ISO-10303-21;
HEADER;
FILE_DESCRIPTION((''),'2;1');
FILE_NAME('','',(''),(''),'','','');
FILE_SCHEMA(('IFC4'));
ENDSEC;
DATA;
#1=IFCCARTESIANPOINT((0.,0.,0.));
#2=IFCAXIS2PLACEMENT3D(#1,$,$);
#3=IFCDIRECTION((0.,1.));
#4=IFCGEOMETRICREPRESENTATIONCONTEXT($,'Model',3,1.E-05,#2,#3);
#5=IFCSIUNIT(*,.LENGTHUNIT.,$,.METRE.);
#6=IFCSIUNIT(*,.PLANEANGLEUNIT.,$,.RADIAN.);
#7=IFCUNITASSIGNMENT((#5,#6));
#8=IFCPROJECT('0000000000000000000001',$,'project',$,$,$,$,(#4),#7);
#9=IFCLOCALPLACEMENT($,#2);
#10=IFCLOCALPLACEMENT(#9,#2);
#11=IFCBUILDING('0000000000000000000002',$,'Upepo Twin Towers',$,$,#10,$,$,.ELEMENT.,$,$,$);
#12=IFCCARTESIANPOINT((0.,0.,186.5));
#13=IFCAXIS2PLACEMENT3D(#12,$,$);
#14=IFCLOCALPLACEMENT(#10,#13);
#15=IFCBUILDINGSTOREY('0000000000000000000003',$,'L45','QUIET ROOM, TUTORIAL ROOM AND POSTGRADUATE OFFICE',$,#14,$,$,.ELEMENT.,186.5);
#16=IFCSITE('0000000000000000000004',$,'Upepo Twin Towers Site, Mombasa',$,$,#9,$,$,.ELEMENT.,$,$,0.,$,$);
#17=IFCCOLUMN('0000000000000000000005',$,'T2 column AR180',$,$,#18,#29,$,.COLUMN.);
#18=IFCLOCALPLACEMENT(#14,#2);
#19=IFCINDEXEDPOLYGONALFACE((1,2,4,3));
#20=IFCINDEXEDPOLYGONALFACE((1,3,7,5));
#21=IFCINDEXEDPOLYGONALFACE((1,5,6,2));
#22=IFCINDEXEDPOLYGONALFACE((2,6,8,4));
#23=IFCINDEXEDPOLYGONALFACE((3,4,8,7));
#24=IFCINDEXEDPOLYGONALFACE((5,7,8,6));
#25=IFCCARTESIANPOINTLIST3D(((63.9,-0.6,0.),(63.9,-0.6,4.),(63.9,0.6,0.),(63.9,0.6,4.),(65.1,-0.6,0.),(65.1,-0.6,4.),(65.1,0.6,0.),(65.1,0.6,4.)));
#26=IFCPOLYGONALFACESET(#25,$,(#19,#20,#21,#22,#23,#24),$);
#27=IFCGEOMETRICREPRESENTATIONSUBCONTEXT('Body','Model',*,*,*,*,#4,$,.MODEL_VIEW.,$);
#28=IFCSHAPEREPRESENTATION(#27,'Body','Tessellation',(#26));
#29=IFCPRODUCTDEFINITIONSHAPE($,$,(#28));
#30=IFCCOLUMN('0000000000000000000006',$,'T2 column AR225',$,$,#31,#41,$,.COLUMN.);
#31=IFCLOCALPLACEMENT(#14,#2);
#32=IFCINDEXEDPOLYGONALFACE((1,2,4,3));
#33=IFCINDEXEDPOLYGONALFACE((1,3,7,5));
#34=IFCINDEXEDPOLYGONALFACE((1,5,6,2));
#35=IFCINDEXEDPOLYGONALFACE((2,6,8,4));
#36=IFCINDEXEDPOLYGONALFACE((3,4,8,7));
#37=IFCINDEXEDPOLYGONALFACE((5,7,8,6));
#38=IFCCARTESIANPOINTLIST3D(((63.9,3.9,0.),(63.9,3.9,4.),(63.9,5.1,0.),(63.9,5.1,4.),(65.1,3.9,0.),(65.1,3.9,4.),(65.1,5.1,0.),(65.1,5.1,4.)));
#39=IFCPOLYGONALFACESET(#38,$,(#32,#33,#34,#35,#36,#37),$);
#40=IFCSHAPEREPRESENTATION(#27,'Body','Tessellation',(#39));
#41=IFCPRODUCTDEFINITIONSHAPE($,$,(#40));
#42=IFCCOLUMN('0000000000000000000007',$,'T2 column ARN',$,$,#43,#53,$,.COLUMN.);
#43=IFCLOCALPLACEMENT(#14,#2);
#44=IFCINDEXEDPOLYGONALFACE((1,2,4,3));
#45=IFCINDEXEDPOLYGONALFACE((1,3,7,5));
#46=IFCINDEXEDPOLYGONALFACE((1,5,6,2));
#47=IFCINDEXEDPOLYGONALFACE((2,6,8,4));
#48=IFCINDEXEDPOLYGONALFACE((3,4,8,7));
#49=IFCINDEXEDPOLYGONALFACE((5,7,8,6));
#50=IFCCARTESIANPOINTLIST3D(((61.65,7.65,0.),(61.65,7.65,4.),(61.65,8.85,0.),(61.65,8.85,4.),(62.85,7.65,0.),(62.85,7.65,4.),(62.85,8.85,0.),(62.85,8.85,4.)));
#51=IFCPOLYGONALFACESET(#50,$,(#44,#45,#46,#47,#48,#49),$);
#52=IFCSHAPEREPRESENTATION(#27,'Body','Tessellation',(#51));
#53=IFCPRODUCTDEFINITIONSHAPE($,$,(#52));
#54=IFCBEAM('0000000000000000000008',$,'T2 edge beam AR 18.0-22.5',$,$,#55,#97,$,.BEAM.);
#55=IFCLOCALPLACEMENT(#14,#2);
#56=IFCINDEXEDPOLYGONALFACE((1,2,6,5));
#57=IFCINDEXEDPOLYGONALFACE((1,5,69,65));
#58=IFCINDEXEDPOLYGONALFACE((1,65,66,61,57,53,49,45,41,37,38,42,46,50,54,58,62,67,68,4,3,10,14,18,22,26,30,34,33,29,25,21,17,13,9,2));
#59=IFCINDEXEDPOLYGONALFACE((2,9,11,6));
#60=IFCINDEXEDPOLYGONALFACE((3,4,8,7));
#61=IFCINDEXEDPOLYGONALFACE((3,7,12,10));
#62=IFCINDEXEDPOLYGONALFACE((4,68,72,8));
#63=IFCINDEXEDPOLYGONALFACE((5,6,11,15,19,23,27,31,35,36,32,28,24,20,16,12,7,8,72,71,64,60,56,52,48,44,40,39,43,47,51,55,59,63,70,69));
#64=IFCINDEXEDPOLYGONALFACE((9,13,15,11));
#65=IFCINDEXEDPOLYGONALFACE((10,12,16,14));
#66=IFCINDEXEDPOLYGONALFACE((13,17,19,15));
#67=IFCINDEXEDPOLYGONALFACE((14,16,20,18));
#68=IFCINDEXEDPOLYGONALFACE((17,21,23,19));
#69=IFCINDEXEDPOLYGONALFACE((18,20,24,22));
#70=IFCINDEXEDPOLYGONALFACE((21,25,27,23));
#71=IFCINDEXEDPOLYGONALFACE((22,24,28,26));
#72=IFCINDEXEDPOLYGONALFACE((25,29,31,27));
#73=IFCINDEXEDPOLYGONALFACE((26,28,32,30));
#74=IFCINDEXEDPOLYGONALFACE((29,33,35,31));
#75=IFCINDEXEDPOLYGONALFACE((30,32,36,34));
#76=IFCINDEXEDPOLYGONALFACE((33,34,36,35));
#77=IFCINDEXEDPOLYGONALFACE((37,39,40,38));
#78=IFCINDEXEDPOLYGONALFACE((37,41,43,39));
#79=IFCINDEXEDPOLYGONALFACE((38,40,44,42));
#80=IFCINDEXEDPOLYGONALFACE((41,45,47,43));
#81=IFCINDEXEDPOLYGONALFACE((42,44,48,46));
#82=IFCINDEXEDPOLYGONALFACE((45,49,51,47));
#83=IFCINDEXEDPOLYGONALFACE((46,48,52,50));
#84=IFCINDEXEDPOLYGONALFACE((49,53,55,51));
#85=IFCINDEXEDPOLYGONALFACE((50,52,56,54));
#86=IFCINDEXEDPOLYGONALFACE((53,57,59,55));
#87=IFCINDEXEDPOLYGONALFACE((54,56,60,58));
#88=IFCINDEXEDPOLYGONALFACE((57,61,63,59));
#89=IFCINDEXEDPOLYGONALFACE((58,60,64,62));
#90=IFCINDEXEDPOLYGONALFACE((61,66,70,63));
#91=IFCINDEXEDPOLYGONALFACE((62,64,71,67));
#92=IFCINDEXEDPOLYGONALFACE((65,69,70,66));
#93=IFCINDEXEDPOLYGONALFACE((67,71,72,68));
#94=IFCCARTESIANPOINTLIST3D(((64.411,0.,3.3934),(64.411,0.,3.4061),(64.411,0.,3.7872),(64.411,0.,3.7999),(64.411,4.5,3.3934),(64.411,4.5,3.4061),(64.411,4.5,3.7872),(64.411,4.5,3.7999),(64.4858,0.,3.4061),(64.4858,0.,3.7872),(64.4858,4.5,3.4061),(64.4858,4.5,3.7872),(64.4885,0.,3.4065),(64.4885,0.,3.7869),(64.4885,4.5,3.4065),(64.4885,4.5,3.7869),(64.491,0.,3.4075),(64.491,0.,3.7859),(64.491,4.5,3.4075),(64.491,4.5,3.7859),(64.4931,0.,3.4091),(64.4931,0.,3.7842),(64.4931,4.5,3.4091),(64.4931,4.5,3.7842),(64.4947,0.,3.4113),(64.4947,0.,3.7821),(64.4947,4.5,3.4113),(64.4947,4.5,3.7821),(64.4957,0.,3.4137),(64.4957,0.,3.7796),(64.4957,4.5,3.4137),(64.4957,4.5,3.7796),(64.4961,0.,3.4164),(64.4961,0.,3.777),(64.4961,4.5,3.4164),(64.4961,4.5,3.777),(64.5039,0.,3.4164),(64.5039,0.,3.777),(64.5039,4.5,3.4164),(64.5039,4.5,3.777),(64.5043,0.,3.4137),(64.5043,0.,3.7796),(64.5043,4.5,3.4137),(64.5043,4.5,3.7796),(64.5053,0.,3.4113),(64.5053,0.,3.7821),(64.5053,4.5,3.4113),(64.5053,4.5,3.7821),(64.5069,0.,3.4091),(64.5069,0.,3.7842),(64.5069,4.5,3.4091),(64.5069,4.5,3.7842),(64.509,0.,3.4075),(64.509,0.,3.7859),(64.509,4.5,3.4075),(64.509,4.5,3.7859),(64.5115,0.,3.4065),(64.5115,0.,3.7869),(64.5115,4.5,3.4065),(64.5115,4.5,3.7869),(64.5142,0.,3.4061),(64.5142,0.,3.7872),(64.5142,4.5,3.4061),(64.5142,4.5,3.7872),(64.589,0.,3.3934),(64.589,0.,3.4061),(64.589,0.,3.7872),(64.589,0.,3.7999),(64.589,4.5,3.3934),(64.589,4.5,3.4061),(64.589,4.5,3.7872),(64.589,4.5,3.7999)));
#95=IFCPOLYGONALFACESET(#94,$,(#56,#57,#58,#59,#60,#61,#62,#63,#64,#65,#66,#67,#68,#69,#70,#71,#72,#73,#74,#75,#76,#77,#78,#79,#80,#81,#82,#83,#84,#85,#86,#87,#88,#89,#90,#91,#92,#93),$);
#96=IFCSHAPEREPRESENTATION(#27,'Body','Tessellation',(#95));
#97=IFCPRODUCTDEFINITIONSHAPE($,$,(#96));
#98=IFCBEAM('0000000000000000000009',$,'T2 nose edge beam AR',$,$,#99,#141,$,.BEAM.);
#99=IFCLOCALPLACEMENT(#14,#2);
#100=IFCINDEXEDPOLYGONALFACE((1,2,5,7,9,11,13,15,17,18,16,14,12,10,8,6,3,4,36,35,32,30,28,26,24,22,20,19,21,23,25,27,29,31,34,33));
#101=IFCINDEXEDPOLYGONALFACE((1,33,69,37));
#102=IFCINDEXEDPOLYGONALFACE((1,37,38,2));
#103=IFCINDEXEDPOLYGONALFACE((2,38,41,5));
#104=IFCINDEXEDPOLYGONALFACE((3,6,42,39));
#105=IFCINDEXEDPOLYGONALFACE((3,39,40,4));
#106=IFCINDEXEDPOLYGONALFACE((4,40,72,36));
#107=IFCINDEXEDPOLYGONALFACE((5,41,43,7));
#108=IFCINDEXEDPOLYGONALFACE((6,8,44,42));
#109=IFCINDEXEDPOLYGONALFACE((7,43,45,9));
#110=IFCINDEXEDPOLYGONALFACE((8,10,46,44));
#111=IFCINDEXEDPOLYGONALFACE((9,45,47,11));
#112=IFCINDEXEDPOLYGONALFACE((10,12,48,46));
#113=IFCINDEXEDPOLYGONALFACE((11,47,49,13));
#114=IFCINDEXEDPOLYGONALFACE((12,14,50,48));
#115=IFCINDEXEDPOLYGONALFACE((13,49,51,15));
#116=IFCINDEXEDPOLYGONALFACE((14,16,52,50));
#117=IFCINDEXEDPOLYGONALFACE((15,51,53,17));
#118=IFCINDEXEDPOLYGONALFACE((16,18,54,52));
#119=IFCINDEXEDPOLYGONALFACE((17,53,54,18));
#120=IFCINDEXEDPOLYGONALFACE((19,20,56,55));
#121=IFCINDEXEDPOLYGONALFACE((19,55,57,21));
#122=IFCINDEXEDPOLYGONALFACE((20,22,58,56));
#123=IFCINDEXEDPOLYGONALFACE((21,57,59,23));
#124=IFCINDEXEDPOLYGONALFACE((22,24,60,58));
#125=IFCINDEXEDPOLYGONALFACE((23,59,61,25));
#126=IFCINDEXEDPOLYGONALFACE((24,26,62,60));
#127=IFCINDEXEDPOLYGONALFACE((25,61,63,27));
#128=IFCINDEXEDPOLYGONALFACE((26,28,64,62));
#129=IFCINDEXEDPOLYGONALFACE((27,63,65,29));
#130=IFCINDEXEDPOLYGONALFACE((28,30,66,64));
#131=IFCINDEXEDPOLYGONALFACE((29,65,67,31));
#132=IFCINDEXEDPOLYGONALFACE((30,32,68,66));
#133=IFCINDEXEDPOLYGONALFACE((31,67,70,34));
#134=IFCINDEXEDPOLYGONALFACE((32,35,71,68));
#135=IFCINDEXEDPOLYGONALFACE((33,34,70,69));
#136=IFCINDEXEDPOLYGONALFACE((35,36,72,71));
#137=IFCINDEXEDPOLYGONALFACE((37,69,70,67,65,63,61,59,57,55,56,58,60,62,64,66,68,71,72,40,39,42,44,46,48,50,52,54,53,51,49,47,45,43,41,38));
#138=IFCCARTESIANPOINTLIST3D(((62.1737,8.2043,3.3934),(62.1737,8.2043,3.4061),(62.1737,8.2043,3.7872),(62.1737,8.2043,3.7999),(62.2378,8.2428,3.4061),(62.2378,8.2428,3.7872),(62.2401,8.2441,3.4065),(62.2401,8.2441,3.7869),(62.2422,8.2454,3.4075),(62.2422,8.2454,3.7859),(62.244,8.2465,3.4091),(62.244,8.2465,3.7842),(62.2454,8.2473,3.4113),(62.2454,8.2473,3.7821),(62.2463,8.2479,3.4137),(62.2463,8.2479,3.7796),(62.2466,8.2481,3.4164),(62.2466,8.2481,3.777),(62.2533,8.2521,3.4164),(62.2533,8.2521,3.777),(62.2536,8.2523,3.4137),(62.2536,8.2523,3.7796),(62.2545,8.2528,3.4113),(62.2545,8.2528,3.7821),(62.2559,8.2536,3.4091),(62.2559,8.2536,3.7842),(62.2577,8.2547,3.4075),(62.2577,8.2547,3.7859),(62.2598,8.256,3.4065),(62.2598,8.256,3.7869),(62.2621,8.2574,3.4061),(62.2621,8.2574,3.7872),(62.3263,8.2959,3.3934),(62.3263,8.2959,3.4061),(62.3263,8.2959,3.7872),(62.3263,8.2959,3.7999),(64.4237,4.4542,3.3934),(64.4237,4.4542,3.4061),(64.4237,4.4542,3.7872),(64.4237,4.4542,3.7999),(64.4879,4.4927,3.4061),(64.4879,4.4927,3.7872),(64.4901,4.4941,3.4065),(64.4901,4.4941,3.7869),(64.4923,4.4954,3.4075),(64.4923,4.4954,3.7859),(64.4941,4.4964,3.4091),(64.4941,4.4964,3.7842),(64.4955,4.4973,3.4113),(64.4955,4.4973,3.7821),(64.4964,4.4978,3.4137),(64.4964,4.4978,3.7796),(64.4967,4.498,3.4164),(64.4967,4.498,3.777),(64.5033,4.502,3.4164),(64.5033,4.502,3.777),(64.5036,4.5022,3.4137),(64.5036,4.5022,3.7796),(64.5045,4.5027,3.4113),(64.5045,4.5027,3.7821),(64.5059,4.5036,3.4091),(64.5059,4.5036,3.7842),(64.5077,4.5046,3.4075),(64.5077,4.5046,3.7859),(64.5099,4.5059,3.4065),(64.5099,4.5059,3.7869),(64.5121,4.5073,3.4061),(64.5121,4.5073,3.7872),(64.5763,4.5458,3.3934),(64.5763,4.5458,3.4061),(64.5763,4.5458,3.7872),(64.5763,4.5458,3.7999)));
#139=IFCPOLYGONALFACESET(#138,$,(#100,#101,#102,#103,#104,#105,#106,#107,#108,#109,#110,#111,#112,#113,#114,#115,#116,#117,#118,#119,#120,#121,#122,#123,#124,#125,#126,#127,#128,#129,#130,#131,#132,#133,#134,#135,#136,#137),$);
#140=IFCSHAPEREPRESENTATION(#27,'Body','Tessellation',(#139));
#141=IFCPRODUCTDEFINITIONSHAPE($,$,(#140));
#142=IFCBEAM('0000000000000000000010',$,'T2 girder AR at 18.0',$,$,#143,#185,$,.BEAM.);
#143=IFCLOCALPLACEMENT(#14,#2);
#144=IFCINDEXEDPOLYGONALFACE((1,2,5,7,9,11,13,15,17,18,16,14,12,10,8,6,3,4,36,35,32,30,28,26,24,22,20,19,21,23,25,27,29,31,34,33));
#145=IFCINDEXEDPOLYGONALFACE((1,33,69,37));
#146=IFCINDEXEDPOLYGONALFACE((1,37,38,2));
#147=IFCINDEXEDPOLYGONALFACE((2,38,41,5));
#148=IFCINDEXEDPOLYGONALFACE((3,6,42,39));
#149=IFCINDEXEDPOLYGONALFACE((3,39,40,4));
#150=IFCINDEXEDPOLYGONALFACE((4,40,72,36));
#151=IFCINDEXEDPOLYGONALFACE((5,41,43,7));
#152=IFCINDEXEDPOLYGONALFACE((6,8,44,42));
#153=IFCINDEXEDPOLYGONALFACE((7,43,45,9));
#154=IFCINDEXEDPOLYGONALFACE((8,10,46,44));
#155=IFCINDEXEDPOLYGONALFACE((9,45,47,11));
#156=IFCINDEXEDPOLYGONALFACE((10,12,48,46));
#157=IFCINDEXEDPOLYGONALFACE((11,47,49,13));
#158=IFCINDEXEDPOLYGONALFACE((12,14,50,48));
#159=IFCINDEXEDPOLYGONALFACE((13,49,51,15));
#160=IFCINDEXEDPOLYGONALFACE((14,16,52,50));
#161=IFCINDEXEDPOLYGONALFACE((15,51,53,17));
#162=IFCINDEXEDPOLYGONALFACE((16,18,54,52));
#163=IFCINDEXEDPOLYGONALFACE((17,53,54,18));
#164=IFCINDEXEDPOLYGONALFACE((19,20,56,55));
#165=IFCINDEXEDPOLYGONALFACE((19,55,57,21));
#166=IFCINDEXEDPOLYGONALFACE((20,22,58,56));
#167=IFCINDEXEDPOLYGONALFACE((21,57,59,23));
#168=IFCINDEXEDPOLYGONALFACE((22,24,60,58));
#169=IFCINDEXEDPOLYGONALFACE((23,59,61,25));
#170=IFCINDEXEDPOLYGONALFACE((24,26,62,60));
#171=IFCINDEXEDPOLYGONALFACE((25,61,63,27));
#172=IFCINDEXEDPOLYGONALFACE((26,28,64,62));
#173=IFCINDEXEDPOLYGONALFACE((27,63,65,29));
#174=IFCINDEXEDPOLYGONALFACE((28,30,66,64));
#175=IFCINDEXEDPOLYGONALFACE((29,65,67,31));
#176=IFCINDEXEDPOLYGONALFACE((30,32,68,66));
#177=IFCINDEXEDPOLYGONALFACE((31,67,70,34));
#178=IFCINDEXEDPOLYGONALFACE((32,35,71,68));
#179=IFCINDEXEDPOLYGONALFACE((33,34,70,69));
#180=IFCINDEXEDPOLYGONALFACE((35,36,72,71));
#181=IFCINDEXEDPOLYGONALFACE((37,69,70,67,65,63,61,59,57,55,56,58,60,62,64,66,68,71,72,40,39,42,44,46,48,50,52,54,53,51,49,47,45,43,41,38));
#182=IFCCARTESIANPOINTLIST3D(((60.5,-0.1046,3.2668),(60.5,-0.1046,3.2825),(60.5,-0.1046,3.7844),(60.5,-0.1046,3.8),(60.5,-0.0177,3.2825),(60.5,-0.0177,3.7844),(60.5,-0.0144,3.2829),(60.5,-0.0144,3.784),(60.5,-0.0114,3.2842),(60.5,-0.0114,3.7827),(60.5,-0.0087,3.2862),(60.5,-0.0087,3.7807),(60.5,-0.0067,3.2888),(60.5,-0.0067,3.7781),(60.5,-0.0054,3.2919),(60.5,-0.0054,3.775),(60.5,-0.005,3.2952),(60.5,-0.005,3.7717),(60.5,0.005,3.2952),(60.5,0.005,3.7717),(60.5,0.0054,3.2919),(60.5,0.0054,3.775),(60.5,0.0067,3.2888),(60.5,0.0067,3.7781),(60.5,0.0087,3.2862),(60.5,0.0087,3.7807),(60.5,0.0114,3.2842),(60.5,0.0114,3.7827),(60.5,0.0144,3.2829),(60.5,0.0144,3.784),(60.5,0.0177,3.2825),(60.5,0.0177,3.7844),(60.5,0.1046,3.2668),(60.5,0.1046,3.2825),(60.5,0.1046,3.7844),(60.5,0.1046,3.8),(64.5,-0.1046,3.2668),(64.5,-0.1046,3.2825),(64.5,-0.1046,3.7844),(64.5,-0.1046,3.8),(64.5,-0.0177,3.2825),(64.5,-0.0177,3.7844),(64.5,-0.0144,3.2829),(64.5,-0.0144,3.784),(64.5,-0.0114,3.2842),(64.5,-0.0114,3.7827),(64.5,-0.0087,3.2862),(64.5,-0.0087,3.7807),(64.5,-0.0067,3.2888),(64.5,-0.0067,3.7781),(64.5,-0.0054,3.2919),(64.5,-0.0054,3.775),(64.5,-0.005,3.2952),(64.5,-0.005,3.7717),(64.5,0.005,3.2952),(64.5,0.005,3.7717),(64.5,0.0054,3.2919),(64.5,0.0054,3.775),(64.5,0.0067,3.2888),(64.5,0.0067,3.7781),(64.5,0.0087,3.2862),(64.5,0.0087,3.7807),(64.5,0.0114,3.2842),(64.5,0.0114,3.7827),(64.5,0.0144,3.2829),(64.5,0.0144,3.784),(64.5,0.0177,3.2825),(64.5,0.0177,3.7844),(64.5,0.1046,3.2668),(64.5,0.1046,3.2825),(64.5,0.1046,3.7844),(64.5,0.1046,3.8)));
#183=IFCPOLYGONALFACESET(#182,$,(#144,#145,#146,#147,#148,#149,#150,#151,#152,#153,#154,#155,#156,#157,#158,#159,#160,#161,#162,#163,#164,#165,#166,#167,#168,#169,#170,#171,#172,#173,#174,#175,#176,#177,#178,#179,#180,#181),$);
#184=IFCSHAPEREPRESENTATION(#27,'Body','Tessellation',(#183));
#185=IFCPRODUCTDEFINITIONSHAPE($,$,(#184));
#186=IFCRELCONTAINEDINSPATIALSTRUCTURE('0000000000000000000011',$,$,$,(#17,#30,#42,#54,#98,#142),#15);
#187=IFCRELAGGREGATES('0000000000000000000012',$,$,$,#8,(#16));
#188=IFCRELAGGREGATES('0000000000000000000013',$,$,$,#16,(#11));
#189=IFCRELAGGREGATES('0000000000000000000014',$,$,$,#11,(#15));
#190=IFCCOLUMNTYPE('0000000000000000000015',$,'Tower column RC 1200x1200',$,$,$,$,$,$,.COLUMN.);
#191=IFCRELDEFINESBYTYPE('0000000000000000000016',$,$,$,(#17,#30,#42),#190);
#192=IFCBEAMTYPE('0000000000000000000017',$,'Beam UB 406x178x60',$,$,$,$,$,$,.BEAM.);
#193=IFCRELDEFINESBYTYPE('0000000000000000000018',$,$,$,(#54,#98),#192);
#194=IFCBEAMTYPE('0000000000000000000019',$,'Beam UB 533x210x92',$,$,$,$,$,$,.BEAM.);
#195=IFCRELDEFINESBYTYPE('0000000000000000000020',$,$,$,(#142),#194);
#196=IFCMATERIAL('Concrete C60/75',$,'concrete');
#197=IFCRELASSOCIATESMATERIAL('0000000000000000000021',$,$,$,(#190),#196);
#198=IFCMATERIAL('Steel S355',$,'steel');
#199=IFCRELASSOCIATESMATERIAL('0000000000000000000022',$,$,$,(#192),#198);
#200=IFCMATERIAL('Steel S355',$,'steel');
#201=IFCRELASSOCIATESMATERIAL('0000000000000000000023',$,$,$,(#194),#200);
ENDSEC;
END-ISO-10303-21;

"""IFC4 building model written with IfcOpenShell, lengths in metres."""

from ifc_helpers import new_model, si_unit, direction, frame, origin, origin_2d, place, context, subcontext, project, spatial, rectangle, i_section, extrude, material, material_profile, profile_set, type_object, element, save


model = new_model("IFC4")

# Units and contexts
model_context = context("Model", 3, precision=1e-05, world=origin(), true_north=direction((0.0, 1.0)))
body_context = subcontext(model_context, "Body", "Model", "MODEL_VIEW")
ifc_project = project(units=[si_unit("LENGTHUNIT", "METRE"), si_unit("PLANEANGLEUNIT", "RADIAN")], contexts=[model_context])

# Site, building, storey
site_placement = place(None, origin())
site = spatial("IfcSite", under=ifc_project, at=site_placement, Name="Upepo Twin Towers Site, Mombasa", CompositionType="ELEMENT", RefElevation=0.0)
building_placement = place(site_placement, origin())
building = spatial("IfcBuilding", under=site, at=building_placement, Name="Upepo Twin Towers", CompositionType="ELEMENT")
storey_placement = place(building_placement, frame((0.0, 0.0, 186.5)))
storey = spatial("IfcBuildingStorey", under=building, at=storey_placement, Name="L45", Description="QUIET ROOM, TUTORIAL ROOM AND POSTGRADUATE OFFICE", CompositionType="ELEMENT", Elevation=186.5)

# Columns
ifc_material_1 = material(Name="Concrete C60/75", Category="concrete")
ifc_material_profile_1 = material_profile(ifc_material_1, rectangle(XDim=1.2, YDim=1.2, at=origin_2d()), Name="RC 1200x1200")
ifc_profile_set_1 = profile_set([ifc_material_profile_1], Name="Concrete C60/75")
column_type = type_object("IfcColumnType", Name="Tower column RC 1200x1200", PredefinedType="COLUMN", material=ifc_profile_set_1)
for number, where, z_axis, x_axis, name in (
    (1, (64.5, 0.0, 0.0), (0.0, 0.0, 1.0), (1.0, 0.0, 0.0), "T2 column AR180"),
    (2, (64.5, 4.5, 0.0), (0.0, 0.0, 1.0), (1.0, 0.0, 0.0), "T2 column AR225"),
    (3, (62.25, 8.25, 0.0), (0.0, 0.0, 1.0), (1.0, 0.0, 0.0), "T2 column ARN"),
):
    element("IfcColumn", number, at=place(storey_placement, frame(where, z_axis=z_axis, x_axis=x_axis)), inside=storey, type_object=column_type, Name=name, PredefinedType="COLUMN", context=body_context, shape_type="SweptSolid", body=[
        extrude(rectangle(XDim=1.2, YDim=1.2, at=origin_2d()), origin(), (0.0, 0.0, 1.0), 4.0),
    ])

# Beams
ifc_material_2 = material(Name="Steel S355", Category="steel")
ifc_material_profile_2 = material_profile(ifc_material_2, i_section(OverallWidth=0.178, OverallDepth=0.4065, WebThickness=0.0078, FlangeThickness=0.0127, FilletRadius=0.0103, at=origin_2d()), Name="UB 406x178x60")
ifc_profile_set_2 = profile_set([ifc_material_profile_2], Name="Steel S355")
beam_type_1 = type_object("IfcBeamType", Name="Beam UB 406x178x60", PredefinedType="BEAM", material=ifc_profile_set_2)
beam_1_placement = place(storey_placement, frame((64.5, 0.0, 3.5967), z_axis=(0.0, 1.0, 0.0), x_axis=(-1.0, 0.0, 0.0)))
element("IfcBeam", 4, at=beam_1_placement, inside=storey, type_object=beam_type_1, Name="T2 edge beam AR 18.0-22.5", PredefinedType="BEAM", context=body_context, shape_type="SweptSolid", body=[
    extrude(i_section(OverallWidth=0.178, OverallDepth=0.4065, WebThickness=0.0078, FlangeThickness=0.0127, FilletRadius=0.0103, at=origin_2d()), origin(), (0.0, 0.0, 1.0), 4.5),
])
beam_2_placement = place(storey_placement, frame((64.5, 4.5, 3.5967), z_axis=(-0.514496, 0.857493, 0.0), x_axis=(-0.857493, -0.514496, 0.0)))
element("IfcBeam", 5, at=beam_2_placement, inside=storey, type_object=beam_type_1, Name="T2 nose edge beam AR", PredefinedType="BEAM", context=body_context, shape_type="SweptSolid", body=[
    extrude(i_section(OverallWidth=0.178, OverallDepth=0.4065, WebThickness=0.0078, FlangeThickness=0.0127, FilletRadius=0.0103, at=origin_2d()), origin(), (0.0, 0.0, 1.0), 4.3733),
])
ifc_material_3 = material(Name="Steel S355", Category="steel")
ifc_material_profile_3 = material_profile(ifc_material_3, i_section(OverallWidth=0.2092, OverallDepth=0.5332, WebThickness=0.01, FlangeThickness=0.0156, FilletRadius=0.0127, at=origin_2d()), Name="UB 533x210x92")
ifc_profile_set_3 = profile_set([ifc_material_profile_3], Name="Steel S355")
beam_type_2 = type_object("IfcBeamType", Name="Beam UB 533x210x92", PredefinedType="BEAM", material=ifc_profile_set_3)
for number, where, z_axis, x_axis, name in (
    (6, (64.5, 0.0, 3.5334), (-1.0, 0.0, 0.0), (0.0, -1.0, 0.0), "T2 girder AR at 18.0"),
):
    element("IfcBeam", number, at=place(storey_placement, frame(where, z_axis=z_axis, x_axis=x_axis)), inside=storey, type_object=beam_type_2, Name=name, PredefinedType="BEAM", context=body_context, shape_type="SweptSolid", body=[
        extrude(i_section(OverallWidth=0.2092, OverallDepth=0.5332, WebThickness=0.01, FlangeThickness=0.0156, FilletRadius=0.0127, at=origin_2d()), origin(), (0.0, 0.0, 1.0), 4.0),
    ])

save(model, "model.ifc")
